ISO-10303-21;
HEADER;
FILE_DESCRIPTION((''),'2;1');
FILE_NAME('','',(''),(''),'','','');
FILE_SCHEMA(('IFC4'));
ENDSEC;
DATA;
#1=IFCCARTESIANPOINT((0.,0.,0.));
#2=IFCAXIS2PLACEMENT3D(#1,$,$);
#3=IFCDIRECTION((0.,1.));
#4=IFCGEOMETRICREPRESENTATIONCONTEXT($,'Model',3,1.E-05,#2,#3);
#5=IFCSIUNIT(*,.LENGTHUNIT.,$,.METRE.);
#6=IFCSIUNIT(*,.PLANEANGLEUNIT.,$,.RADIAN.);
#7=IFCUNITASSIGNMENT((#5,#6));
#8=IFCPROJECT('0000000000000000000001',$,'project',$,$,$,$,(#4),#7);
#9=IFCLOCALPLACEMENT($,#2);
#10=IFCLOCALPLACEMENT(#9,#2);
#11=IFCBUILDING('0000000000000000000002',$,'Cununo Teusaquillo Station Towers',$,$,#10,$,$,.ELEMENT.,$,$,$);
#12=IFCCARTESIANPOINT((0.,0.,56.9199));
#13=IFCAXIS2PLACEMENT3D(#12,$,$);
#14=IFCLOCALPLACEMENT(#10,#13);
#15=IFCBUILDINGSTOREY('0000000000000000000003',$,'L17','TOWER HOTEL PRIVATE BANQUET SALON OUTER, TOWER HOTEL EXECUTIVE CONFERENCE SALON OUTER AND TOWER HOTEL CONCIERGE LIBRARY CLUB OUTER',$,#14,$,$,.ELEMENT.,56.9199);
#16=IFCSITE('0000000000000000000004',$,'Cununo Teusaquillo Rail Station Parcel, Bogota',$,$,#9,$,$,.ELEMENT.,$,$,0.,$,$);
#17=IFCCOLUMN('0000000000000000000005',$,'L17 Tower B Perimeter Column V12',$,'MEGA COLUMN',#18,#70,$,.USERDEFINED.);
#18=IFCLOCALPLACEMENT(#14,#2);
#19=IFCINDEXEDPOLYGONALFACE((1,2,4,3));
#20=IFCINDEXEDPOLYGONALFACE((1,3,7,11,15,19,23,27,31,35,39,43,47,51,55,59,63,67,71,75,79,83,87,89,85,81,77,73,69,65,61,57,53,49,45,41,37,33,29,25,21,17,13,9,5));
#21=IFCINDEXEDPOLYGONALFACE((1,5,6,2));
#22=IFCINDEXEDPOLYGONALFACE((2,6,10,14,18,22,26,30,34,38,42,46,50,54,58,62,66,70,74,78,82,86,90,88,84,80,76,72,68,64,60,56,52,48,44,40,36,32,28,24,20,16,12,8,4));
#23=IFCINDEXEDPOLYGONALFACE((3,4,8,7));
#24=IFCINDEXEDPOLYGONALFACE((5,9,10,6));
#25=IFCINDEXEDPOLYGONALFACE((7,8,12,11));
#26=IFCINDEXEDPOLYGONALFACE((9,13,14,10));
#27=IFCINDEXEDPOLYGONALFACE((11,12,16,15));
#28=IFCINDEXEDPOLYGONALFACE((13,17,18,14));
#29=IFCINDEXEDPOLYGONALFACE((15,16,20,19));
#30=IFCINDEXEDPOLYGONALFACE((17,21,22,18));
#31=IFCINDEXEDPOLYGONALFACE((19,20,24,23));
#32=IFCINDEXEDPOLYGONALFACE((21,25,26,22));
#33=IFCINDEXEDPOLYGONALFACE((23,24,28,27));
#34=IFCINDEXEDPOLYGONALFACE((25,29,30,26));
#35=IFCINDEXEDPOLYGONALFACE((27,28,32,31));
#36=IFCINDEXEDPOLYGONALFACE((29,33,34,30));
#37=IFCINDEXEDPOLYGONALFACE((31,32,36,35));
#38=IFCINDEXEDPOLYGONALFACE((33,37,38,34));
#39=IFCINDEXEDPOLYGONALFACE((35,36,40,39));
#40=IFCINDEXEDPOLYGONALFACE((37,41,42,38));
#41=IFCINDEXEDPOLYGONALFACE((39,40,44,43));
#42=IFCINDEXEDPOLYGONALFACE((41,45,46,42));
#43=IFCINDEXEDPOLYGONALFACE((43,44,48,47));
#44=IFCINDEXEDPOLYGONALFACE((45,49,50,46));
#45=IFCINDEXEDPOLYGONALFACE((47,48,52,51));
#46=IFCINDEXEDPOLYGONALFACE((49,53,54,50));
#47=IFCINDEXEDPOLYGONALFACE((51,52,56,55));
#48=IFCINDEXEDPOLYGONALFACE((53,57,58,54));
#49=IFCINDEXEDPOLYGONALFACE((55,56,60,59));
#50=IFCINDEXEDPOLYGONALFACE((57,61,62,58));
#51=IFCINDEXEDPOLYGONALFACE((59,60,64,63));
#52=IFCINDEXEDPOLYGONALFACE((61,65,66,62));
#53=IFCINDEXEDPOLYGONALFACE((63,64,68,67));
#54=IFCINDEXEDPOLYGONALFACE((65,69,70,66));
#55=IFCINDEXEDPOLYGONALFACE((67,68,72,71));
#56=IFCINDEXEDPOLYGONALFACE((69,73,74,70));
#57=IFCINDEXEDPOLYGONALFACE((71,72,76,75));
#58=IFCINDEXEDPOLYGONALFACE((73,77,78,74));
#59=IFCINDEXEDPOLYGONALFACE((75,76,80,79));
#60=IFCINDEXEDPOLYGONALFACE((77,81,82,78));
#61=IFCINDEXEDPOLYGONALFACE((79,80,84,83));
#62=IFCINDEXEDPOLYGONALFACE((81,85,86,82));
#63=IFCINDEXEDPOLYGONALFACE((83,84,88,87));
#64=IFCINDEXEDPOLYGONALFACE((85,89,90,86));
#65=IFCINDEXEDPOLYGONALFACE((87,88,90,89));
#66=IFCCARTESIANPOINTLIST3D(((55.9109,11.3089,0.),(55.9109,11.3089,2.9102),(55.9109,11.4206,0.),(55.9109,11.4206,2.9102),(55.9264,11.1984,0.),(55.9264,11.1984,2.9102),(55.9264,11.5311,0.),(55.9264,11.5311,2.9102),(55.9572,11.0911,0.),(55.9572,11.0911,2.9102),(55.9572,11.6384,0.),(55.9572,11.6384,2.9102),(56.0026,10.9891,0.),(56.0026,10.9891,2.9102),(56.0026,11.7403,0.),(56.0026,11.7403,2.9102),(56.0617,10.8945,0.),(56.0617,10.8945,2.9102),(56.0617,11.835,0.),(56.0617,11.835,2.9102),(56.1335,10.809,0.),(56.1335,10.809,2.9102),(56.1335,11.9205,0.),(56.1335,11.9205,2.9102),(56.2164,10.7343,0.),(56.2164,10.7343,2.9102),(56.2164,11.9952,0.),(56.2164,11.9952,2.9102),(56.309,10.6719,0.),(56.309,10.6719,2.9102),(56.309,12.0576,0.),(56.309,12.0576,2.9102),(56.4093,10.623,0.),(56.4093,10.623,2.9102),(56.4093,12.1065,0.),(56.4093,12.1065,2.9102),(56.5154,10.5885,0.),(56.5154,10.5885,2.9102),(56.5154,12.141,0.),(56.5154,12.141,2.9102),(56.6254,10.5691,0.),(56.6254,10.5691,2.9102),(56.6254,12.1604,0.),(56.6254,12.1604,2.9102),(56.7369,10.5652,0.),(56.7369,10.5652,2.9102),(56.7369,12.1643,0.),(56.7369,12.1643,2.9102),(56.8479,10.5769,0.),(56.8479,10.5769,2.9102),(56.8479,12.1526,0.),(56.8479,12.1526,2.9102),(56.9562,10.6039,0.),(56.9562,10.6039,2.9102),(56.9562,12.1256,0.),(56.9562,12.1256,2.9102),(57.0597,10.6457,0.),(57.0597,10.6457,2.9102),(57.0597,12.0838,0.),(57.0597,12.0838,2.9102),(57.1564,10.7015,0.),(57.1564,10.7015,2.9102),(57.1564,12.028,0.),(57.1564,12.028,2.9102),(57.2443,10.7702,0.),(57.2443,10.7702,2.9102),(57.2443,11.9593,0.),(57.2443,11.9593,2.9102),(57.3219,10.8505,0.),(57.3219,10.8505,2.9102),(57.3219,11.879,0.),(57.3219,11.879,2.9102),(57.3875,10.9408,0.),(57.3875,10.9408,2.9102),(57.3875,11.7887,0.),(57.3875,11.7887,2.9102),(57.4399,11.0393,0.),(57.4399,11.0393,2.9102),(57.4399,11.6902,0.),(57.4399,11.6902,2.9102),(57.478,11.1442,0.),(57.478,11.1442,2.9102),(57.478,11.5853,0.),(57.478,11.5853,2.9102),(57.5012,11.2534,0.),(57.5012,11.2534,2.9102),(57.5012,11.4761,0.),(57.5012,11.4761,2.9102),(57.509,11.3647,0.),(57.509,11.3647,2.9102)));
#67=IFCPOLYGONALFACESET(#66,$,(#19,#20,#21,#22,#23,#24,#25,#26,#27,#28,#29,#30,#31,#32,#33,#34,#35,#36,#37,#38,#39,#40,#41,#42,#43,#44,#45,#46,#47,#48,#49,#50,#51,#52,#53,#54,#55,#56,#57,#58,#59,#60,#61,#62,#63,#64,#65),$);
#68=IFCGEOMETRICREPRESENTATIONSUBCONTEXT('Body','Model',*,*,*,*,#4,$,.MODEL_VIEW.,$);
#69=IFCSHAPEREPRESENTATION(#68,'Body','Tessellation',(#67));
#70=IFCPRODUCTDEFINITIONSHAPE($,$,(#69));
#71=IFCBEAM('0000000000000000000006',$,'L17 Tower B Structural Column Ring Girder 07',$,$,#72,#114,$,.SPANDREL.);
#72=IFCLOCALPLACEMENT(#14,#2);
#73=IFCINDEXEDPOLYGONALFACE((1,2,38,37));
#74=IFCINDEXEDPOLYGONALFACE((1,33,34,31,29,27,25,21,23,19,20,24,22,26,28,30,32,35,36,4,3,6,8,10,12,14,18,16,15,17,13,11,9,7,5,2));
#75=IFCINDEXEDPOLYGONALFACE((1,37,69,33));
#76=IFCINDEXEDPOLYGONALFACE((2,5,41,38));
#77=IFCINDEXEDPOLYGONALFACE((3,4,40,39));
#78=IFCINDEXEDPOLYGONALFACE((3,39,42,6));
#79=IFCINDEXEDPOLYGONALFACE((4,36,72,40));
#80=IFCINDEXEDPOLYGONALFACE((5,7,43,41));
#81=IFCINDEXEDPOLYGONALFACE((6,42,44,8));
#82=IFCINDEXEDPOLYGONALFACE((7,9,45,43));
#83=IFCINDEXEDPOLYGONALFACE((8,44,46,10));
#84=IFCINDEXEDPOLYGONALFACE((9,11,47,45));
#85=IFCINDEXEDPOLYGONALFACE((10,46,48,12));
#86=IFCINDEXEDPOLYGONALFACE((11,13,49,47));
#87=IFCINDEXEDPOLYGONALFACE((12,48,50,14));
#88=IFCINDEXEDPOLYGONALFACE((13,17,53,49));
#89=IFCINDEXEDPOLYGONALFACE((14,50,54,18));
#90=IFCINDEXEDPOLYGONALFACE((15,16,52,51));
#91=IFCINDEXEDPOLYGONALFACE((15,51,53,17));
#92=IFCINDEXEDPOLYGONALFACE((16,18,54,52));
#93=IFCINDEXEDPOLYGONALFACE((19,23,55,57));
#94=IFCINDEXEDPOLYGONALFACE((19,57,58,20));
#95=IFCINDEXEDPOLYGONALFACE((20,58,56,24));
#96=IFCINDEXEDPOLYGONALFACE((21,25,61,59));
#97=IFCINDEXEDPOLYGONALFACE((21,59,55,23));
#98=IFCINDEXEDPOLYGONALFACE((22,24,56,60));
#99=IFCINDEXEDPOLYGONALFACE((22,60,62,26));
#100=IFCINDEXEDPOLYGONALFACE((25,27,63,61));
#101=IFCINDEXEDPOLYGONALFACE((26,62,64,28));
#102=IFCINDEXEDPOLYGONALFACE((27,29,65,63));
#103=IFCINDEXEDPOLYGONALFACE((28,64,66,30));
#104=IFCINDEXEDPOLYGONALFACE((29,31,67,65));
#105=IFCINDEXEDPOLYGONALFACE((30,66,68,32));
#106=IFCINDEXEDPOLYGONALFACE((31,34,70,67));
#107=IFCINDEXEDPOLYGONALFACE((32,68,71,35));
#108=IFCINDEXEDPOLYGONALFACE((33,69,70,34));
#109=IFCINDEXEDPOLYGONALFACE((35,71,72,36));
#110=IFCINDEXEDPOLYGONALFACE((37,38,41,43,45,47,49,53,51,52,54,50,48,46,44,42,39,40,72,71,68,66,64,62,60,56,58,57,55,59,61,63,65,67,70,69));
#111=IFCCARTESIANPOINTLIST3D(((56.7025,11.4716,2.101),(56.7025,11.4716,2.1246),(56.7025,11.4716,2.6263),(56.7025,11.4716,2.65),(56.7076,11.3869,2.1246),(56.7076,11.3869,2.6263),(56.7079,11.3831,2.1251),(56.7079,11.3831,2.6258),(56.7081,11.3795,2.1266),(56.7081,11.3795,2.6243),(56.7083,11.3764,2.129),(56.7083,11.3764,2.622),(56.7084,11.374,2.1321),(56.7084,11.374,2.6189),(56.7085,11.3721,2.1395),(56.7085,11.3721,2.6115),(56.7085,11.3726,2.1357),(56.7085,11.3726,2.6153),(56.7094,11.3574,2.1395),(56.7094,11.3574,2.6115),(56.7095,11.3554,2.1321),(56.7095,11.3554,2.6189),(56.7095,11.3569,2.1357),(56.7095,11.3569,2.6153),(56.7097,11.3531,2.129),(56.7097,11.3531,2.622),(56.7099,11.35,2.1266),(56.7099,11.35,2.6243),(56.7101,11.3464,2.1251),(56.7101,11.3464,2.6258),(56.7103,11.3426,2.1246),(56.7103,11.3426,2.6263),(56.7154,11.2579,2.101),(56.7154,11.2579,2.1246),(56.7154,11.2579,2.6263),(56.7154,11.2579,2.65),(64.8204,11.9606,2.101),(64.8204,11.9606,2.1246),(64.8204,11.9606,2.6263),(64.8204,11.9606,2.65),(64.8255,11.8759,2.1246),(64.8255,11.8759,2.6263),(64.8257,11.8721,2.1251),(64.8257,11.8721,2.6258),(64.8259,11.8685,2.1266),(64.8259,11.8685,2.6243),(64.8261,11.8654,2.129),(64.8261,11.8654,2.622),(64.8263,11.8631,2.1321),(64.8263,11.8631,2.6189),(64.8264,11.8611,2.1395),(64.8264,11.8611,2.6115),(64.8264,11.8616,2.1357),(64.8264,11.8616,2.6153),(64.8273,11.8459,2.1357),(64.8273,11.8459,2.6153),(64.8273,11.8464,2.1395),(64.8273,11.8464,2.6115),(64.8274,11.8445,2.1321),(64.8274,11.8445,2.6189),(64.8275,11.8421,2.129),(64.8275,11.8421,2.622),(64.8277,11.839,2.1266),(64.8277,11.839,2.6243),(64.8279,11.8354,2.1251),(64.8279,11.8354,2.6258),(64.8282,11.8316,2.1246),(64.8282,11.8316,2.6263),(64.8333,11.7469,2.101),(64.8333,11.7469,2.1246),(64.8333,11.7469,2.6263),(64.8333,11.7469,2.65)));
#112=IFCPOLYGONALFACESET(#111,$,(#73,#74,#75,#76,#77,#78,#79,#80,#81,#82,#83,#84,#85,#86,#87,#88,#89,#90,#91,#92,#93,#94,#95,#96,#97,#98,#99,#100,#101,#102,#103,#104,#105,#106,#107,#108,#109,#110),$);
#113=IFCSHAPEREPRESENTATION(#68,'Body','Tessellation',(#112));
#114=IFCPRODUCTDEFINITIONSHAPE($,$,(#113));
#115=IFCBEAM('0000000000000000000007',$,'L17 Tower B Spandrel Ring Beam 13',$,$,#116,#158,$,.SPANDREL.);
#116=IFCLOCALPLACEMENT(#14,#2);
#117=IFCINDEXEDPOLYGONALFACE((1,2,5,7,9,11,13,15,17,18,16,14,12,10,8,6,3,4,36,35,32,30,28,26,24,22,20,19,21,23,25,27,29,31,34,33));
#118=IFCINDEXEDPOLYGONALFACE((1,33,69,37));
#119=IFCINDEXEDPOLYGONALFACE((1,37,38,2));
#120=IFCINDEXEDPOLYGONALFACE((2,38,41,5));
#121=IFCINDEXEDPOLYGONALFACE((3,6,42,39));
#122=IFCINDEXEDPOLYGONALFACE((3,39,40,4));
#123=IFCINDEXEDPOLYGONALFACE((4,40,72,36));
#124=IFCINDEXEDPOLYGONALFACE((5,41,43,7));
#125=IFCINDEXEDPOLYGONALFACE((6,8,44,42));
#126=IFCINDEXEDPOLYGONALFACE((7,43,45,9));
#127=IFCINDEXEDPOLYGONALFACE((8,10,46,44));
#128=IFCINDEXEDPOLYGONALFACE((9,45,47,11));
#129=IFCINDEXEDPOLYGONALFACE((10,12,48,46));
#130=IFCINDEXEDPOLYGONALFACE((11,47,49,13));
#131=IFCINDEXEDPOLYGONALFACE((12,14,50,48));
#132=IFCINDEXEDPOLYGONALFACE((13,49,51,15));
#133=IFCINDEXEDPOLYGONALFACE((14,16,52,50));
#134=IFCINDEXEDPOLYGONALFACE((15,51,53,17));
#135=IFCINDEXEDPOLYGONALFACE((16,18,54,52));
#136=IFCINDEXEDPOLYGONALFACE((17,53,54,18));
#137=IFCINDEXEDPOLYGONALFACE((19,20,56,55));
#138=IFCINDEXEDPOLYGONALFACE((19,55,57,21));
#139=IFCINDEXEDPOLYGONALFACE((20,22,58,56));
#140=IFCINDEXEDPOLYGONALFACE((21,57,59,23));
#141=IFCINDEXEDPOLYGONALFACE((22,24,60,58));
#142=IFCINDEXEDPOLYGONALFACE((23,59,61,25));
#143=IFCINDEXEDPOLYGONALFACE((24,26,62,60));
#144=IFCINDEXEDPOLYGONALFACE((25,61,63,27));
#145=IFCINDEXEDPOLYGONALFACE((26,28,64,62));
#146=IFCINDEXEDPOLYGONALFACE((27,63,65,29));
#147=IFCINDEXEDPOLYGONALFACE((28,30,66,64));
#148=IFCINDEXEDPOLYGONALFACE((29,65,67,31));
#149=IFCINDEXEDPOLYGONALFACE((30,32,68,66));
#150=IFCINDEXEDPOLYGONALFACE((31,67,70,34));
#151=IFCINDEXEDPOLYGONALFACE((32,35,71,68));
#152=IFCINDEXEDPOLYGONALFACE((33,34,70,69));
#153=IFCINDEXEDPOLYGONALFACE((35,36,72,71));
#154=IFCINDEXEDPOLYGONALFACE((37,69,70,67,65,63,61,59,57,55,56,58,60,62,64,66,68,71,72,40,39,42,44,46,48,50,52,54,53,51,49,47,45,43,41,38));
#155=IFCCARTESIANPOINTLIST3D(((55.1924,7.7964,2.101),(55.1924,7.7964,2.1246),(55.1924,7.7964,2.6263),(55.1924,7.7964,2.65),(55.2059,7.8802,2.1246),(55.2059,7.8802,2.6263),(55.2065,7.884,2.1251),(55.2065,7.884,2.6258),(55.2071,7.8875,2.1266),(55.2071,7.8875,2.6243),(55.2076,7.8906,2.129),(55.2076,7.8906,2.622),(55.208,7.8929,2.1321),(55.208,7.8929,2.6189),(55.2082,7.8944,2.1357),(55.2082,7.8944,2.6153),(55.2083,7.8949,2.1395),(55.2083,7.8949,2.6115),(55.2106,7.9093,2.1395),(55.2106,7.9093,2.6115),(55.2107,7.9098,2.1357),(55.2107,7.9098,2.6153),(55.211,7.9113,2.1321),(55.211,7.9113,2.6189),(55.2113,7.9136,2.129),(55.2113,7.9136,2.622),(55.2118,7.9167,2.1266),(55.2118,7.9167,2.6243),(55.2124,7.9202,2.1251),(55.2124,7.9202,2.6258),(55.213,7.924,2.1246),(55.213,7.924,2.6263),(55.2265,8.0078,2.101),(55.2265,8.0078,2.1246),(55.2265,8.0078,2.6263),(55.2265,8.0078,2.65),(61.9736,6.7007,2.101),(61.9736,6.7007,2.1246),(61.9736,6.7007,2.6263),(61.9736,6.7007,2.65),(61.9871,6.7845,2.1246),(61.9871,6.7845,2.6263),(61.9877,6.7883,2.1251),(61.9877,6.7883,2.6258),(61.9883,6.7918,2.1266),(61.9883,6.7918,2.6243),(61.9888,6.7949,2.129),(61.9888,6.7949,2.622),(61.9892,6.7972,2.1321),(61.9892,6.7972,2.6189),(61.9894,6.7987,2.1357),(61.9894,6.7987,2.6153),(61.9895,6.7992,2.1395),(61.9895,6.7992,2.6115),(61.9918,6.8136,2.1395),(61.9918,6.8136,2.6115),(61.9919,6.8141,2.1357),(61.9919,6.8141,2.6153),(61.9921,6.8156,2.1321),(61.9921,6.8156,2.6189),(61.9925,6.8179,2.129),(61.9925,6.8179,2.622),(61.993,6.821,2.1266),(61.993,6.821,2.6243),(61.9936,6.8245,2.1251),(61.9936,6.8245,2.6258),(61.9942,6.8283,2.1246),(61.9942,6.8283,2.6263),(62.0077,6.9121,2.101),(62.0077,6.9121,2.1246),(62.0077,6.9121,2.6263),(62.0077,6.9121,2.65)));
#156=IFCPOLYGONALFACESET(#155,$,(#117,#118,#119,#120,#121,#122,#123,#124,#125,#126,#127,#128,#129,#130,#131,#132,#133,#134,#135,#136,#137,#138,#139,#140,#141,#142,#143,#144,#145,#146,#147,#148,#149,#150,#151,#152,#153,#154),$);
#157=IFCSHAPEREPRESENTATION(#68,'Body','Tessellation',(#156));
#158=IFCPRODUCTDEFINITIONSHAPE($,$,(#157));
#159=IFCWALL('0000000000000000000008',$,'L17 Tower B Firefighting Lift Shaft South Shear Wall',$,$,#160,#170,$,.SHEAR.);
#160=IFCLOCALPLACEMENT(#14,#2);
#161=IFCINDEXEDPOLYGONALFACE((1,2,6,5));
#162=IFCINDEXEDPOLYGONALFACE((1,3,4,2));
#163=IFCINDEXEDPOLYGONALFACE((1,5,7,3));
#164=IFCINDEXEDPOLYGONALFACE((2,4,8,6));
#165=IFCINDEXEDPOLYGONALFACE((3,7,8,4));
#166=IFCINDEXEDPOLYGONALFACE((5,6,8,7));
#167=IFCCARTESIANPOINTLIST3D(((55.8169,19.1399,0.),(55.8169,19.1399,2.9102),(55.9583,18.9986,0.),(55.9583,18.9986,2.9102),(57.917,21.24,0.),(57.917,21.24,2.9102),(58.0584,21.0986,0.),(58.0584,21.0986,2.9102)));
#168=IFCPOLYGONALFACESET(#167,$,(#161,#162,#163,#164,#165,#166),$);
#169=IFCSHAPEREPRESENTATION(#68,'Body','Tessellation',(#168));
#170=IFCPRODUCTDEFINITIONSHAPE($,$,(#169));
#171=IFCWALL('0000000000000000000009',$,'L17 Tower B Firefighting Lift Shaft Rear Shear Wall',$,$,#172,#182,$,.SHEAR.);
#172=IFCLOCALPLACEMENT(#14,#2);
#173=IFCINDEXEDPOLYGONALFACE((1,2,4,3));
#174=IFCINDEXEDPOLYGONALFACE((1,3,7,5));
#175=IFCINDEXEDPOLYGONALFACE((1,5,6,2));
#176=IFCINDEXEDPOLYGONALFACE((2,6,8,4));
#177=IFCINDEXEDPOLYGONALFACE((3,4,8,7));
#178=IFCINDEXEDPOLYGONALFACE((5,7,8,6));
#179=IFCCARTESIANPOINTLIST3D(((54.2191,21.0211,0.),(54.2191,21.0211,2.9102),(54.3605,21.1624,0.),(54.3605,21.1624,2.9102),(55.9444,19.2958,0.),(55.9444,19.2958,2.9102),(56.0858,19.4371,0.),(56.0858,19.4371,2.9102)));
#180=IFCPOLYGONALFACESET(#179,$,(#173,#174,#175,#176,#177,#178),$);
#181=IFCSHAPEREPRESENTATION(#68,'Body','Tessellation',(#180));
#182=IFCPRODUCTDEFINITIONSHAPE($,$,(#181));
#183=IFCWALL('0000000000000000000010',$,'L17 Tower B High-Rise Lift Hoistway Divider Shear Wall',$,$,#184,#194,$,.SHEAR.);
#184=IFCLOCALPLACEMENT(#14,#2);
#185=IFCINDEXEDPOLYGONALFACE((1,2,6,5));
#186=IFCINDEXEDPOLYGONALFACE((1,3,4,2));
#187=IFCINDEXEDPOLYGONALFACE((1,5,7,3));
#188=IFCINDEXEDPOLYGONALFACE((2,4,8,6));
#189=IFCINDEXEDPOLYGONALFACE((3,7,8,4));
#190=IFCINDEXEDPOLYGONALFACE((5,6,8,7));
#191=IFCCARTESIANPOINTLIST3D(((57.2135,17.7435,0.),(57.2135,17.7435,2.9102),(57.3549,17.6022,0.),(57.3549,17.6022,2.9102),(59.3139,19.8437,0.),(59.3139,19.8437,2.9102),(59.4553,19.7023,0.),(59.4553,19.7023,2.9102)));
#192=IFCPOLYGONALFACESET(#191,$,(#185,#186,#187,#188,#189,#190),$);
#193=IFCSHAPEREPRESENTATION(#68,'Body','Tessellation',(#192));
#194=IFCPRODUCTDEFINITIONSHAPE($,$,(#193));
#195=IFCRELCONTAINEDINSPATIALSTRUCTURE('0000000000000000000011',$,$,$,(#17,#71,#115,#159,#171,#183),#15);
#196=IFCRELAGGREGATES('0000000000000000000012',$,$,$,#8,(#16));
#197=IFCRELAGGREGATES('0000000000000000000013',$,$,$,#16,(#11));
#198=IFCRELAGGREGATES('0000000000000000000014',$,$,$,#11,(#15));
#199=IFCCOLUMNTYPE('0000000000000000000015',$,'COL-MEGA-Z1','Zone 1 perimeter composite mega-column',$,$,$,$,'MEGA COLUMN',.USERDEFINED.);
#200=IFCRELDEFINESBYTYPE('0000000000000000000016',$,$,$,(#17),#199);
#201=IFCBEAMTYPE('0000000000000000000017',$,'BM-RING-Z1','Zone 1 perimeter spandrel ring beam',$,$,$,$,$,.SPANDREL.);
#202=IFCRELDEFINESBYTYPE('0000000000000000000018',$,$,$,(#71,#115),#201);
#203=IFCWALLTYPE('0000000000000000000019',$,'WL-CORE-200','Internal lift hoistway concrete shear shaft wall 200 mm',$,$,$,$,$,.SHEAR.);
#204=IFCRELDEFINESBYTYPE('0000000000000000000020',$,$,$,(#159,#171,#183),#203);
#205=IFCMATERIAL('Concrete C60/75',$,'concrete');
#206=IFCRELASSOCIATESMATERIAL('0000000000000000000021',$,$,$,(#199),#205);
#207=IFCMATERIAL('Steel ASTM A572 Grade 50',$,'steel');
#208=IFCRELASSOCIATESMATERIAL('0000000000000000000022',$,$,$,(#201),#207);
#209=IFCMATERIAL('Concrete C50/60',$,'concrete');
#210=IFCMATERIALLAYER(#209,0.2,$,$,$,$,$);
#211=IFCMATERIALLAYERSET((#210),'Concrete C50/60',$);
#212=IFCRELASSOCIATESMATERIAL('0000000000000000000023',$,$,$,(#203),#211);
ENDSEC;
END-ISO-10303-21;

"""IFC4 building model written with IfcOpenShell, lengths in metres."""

from ifc_helpers import new_model, si_unit, direction, frame, frame_2d, origin, origin_2d, place, context, subcontext, project, spatial, rectangle, circle, i_section, extrude, material, layer, layer_set, material_profile, profile_set, type_object, element, save


model = new_model("IFC4")

# Units and contexts
model_context = context("Model", 3, precision=1e-05, world=origin(), true_north=direction((0.0, 1.0)))
body_context = subcontext(model_context, "Body", "Model", "MODEL_VIEW")
ifc_project = project(units=[si_unit("LENGTHUNIT", "METRE"), si_unit("PLANEANGLEUNIT", "RADIAN")], contexts=[model_context])

# Site, building, storey
site_placement = place(None, origin())
site = spatial("IfcSite", under=ifc_project, at=site_placement, Name="Cununo Teusaquillo Rail Station Parcel, Bogota", CompositionType="ELEMENT", RefElevation=0.0)
building_placement = place(site_placement, origin())
building = spatial("IfcBuilding", under=site, at=building_placement, Name="Cununo Teusaquillo Station Towers", CompositionType="ELEMENT")
storey_placement = place(building_placement, frame((0.0, 0.0, 56.9199)))
storey = spatial("IfcBuildingStorey", under=building, at=storey_placement, Name="L17", Description="TOWER HOTEL PRIVATE BANQUET SALON OUTER, TOWER HOTEL EXECUTIVE CONFERENCE SALON OUTER AND TOWER HOTEL CONCIERGE LIBRARY CLUB OUTER", CompositionType="ELEMENT", Elevation=56.9199)

# Column
ifc_material_1 = material(Name="Concrete C60/75", Category="concrete")
ifc_material_profile_1 = material_profile(ifc_material_1, circle(Radius=0.8, at=origin_2d()), Name="RC-CIRC-1600")
ifc_profile_set_1 = profile_set([ifc_material_profile_1], Name="Concrete C60/75")
column_type = type_object("IfcColumnType", Name="COL-MEGA-Z1", Description="Zone 1 perimeter composite mega-column", ElementType="MEGA COLUMN", PredefinedType="USERDEFINED", material=ifc_profile_set_1)
column_placement = place(storey_placement, frame((56.709, 11.3647, 0.0), z_axis=(0.0, 0.0, 1.0), x_axis=(1.0, 0.0, 0.0)))
element("IfcColumn", 1, at=column_placement, inside=storey, type_object=column_type, Name="L17 Tower B Perimeter Column V12", ObjectType="MEGA COLUMN", PredefinedType="USERDEFINED", context=body_context, shape_type="SweptSolid", body=[
    extrude(circle(Radius=0.8, at=origin_2d()), origin(), (0.0, 0.0, 1.0), 2.9102),
])

# Beams
ifc_material_2 = material(Name="Steel ASTM A572 Grade 50", Category="steel")
ifc_material_profile_2 = material_profile(ifc_material_2, i_section(OverallWidth=0.2141, OverallDepth=0.5491, WebThickness=0.0146, FlangeThickness=0.0237, FilletRadius=0.0149, at=origin_2d()), Name="W21X93")
ifc_profile_set_2 = profile_set([ifc_material_profile_2], Name="Steel ASTM A572 Grade 50")
beam_type = type_object("IfcBeamType", Name="BM-RING-Z1", Description="Zone 1 perimeter spandrel ring beam", PredefinedType="SPANDREL", material=ifc_profile_set_2)
beam_1_placement = place(storey_placement, frame((56.709, 11.3647, 2.3755), z_axis=(0.998191, 0.06013, 0.0), x_axis=(-0.06013, 0.998191, 0.0)))
element("IfcBeam", 2, at=beam_1_placement, inside=storey, type_object=beam_type, Name="L17 Tower B Structural Column Ring Girder 07", PredefinedType="SPANDREL", context=body_context, shape_type="SweptSolid", body=[
    extrude(i_section(OverallWidth=0.2141, OverallDepth=0.5491, WebThickness=0.0146, FlangeThickness=0.0237, FilletRadius=0.0149, at=origin_2d()), origin(), (0.0, 0.0, 1.0), 8.1326),
])
beam_2_placement = place(storey_placement, frame((55.2095, 7.9021, 2.3755), z_axis=(0.987196, -0.15951, 0.0), x_axis=(0.15951, 0.987196, 0.0)))
element("IfcBeam", 3, at=beam_2_placement, inside=storey, type_object=beam_type, Name="L17 Tower B Spandrel Ring Beam 13", PredefinedType="SPANDREL", context=body_context, shape_type="SweptSolid", body=[
    extrude(i_section(OverallWidth=0.2141, OverallDepth=0.5491, WebThickness=0.0146, FlangeThickness=0.0237, FilletRadius=0.0149, at=origin_2d()), origin(), (0.0, 0.0, 1.0), 6.8691),
])

# Walls
ifc_material_3 = material(Name="Concrete C50/60", Category="concrete")
ifc_layer_1 = layer(ifc_material_3, 0.2)
ifc_layer_set_1 = layer_set([ifc_layer_1], Name="Concrete C50/60")
wall_type_1 = type_object("IfcWallType", Name="WL-CORE-200", Description="Internal lift hoistway concrete shear shaft wall 200 mm", PredefinedType="SHEAR", material=ifc_layer_set_1)
wall_1_placement = place(storey_placement, frame((55.8877, 19.0693, 0.0), z_axis=(0.0, 0.0, 1.0), x_axis=(0.707107, 0.707107, 0.0)))
element("IfcWall", 4, at=wall_1_placement, inside=storey, type_object=wall_type_1, Name="L17 Tower B Firefighting Lift Shaft South Shear Wall", PredefinedType="SHEAR", context=body_context, shape_type="SweptSolid", body=[
    extrude(rectangle(XDim=2.97, YDim=0.2, at=frame_2d((1.4849, 0.0))), origin(), (0.0, 0.0, 1.0), 2.9102),
])
wall_2_placement = place(storey_placement, frame((56.0151, 19.3665, 0.0), z_axis=(0.0, 0.0, 1.0), x_axis=(-0.707107, 0.707107, 0.0)))
element("IfcWall", 5, at=wall_2_placement, inside=storey, type_object=wall_type_1, Name="L17 Tower B Firefighting Lift Shaft Rear Shear Wall", PredefinedType="SHEAR", context=body_context, shape_type="SweptSolid", body=[
    extrude(rectangle(XDim=2.4399, YDim=0.2, at=frame_2d((1.22, 0.0))), origin(), (0.0, 0.0, 1.0), 2.9102),
])
wall_3_placement = place(storey_placement, frame((57.2842, 17.6729, 0.0), z_axis=(0.0, 0.0, 1.0), x_axis=(0.707148, 0.707066, 0.0)))
element("IfcWall", 6, at=wall_3_placement, inside=storey, type_object=wall_type_1, Name="L17 Tower B High-Rise Lift Hoistway Divider Shear Wall", PredefinedType="SHEAR", context=body_context, shape_type="SweptSolid", body=[
    extrude(rectangle(XDim=2.9702, YDim=0.2, at=frame_2d((1.4851, 0.0))), origin(), (0.0, 0.0, 1.0), 2.9102),
])

save(model, "model.ifc")
